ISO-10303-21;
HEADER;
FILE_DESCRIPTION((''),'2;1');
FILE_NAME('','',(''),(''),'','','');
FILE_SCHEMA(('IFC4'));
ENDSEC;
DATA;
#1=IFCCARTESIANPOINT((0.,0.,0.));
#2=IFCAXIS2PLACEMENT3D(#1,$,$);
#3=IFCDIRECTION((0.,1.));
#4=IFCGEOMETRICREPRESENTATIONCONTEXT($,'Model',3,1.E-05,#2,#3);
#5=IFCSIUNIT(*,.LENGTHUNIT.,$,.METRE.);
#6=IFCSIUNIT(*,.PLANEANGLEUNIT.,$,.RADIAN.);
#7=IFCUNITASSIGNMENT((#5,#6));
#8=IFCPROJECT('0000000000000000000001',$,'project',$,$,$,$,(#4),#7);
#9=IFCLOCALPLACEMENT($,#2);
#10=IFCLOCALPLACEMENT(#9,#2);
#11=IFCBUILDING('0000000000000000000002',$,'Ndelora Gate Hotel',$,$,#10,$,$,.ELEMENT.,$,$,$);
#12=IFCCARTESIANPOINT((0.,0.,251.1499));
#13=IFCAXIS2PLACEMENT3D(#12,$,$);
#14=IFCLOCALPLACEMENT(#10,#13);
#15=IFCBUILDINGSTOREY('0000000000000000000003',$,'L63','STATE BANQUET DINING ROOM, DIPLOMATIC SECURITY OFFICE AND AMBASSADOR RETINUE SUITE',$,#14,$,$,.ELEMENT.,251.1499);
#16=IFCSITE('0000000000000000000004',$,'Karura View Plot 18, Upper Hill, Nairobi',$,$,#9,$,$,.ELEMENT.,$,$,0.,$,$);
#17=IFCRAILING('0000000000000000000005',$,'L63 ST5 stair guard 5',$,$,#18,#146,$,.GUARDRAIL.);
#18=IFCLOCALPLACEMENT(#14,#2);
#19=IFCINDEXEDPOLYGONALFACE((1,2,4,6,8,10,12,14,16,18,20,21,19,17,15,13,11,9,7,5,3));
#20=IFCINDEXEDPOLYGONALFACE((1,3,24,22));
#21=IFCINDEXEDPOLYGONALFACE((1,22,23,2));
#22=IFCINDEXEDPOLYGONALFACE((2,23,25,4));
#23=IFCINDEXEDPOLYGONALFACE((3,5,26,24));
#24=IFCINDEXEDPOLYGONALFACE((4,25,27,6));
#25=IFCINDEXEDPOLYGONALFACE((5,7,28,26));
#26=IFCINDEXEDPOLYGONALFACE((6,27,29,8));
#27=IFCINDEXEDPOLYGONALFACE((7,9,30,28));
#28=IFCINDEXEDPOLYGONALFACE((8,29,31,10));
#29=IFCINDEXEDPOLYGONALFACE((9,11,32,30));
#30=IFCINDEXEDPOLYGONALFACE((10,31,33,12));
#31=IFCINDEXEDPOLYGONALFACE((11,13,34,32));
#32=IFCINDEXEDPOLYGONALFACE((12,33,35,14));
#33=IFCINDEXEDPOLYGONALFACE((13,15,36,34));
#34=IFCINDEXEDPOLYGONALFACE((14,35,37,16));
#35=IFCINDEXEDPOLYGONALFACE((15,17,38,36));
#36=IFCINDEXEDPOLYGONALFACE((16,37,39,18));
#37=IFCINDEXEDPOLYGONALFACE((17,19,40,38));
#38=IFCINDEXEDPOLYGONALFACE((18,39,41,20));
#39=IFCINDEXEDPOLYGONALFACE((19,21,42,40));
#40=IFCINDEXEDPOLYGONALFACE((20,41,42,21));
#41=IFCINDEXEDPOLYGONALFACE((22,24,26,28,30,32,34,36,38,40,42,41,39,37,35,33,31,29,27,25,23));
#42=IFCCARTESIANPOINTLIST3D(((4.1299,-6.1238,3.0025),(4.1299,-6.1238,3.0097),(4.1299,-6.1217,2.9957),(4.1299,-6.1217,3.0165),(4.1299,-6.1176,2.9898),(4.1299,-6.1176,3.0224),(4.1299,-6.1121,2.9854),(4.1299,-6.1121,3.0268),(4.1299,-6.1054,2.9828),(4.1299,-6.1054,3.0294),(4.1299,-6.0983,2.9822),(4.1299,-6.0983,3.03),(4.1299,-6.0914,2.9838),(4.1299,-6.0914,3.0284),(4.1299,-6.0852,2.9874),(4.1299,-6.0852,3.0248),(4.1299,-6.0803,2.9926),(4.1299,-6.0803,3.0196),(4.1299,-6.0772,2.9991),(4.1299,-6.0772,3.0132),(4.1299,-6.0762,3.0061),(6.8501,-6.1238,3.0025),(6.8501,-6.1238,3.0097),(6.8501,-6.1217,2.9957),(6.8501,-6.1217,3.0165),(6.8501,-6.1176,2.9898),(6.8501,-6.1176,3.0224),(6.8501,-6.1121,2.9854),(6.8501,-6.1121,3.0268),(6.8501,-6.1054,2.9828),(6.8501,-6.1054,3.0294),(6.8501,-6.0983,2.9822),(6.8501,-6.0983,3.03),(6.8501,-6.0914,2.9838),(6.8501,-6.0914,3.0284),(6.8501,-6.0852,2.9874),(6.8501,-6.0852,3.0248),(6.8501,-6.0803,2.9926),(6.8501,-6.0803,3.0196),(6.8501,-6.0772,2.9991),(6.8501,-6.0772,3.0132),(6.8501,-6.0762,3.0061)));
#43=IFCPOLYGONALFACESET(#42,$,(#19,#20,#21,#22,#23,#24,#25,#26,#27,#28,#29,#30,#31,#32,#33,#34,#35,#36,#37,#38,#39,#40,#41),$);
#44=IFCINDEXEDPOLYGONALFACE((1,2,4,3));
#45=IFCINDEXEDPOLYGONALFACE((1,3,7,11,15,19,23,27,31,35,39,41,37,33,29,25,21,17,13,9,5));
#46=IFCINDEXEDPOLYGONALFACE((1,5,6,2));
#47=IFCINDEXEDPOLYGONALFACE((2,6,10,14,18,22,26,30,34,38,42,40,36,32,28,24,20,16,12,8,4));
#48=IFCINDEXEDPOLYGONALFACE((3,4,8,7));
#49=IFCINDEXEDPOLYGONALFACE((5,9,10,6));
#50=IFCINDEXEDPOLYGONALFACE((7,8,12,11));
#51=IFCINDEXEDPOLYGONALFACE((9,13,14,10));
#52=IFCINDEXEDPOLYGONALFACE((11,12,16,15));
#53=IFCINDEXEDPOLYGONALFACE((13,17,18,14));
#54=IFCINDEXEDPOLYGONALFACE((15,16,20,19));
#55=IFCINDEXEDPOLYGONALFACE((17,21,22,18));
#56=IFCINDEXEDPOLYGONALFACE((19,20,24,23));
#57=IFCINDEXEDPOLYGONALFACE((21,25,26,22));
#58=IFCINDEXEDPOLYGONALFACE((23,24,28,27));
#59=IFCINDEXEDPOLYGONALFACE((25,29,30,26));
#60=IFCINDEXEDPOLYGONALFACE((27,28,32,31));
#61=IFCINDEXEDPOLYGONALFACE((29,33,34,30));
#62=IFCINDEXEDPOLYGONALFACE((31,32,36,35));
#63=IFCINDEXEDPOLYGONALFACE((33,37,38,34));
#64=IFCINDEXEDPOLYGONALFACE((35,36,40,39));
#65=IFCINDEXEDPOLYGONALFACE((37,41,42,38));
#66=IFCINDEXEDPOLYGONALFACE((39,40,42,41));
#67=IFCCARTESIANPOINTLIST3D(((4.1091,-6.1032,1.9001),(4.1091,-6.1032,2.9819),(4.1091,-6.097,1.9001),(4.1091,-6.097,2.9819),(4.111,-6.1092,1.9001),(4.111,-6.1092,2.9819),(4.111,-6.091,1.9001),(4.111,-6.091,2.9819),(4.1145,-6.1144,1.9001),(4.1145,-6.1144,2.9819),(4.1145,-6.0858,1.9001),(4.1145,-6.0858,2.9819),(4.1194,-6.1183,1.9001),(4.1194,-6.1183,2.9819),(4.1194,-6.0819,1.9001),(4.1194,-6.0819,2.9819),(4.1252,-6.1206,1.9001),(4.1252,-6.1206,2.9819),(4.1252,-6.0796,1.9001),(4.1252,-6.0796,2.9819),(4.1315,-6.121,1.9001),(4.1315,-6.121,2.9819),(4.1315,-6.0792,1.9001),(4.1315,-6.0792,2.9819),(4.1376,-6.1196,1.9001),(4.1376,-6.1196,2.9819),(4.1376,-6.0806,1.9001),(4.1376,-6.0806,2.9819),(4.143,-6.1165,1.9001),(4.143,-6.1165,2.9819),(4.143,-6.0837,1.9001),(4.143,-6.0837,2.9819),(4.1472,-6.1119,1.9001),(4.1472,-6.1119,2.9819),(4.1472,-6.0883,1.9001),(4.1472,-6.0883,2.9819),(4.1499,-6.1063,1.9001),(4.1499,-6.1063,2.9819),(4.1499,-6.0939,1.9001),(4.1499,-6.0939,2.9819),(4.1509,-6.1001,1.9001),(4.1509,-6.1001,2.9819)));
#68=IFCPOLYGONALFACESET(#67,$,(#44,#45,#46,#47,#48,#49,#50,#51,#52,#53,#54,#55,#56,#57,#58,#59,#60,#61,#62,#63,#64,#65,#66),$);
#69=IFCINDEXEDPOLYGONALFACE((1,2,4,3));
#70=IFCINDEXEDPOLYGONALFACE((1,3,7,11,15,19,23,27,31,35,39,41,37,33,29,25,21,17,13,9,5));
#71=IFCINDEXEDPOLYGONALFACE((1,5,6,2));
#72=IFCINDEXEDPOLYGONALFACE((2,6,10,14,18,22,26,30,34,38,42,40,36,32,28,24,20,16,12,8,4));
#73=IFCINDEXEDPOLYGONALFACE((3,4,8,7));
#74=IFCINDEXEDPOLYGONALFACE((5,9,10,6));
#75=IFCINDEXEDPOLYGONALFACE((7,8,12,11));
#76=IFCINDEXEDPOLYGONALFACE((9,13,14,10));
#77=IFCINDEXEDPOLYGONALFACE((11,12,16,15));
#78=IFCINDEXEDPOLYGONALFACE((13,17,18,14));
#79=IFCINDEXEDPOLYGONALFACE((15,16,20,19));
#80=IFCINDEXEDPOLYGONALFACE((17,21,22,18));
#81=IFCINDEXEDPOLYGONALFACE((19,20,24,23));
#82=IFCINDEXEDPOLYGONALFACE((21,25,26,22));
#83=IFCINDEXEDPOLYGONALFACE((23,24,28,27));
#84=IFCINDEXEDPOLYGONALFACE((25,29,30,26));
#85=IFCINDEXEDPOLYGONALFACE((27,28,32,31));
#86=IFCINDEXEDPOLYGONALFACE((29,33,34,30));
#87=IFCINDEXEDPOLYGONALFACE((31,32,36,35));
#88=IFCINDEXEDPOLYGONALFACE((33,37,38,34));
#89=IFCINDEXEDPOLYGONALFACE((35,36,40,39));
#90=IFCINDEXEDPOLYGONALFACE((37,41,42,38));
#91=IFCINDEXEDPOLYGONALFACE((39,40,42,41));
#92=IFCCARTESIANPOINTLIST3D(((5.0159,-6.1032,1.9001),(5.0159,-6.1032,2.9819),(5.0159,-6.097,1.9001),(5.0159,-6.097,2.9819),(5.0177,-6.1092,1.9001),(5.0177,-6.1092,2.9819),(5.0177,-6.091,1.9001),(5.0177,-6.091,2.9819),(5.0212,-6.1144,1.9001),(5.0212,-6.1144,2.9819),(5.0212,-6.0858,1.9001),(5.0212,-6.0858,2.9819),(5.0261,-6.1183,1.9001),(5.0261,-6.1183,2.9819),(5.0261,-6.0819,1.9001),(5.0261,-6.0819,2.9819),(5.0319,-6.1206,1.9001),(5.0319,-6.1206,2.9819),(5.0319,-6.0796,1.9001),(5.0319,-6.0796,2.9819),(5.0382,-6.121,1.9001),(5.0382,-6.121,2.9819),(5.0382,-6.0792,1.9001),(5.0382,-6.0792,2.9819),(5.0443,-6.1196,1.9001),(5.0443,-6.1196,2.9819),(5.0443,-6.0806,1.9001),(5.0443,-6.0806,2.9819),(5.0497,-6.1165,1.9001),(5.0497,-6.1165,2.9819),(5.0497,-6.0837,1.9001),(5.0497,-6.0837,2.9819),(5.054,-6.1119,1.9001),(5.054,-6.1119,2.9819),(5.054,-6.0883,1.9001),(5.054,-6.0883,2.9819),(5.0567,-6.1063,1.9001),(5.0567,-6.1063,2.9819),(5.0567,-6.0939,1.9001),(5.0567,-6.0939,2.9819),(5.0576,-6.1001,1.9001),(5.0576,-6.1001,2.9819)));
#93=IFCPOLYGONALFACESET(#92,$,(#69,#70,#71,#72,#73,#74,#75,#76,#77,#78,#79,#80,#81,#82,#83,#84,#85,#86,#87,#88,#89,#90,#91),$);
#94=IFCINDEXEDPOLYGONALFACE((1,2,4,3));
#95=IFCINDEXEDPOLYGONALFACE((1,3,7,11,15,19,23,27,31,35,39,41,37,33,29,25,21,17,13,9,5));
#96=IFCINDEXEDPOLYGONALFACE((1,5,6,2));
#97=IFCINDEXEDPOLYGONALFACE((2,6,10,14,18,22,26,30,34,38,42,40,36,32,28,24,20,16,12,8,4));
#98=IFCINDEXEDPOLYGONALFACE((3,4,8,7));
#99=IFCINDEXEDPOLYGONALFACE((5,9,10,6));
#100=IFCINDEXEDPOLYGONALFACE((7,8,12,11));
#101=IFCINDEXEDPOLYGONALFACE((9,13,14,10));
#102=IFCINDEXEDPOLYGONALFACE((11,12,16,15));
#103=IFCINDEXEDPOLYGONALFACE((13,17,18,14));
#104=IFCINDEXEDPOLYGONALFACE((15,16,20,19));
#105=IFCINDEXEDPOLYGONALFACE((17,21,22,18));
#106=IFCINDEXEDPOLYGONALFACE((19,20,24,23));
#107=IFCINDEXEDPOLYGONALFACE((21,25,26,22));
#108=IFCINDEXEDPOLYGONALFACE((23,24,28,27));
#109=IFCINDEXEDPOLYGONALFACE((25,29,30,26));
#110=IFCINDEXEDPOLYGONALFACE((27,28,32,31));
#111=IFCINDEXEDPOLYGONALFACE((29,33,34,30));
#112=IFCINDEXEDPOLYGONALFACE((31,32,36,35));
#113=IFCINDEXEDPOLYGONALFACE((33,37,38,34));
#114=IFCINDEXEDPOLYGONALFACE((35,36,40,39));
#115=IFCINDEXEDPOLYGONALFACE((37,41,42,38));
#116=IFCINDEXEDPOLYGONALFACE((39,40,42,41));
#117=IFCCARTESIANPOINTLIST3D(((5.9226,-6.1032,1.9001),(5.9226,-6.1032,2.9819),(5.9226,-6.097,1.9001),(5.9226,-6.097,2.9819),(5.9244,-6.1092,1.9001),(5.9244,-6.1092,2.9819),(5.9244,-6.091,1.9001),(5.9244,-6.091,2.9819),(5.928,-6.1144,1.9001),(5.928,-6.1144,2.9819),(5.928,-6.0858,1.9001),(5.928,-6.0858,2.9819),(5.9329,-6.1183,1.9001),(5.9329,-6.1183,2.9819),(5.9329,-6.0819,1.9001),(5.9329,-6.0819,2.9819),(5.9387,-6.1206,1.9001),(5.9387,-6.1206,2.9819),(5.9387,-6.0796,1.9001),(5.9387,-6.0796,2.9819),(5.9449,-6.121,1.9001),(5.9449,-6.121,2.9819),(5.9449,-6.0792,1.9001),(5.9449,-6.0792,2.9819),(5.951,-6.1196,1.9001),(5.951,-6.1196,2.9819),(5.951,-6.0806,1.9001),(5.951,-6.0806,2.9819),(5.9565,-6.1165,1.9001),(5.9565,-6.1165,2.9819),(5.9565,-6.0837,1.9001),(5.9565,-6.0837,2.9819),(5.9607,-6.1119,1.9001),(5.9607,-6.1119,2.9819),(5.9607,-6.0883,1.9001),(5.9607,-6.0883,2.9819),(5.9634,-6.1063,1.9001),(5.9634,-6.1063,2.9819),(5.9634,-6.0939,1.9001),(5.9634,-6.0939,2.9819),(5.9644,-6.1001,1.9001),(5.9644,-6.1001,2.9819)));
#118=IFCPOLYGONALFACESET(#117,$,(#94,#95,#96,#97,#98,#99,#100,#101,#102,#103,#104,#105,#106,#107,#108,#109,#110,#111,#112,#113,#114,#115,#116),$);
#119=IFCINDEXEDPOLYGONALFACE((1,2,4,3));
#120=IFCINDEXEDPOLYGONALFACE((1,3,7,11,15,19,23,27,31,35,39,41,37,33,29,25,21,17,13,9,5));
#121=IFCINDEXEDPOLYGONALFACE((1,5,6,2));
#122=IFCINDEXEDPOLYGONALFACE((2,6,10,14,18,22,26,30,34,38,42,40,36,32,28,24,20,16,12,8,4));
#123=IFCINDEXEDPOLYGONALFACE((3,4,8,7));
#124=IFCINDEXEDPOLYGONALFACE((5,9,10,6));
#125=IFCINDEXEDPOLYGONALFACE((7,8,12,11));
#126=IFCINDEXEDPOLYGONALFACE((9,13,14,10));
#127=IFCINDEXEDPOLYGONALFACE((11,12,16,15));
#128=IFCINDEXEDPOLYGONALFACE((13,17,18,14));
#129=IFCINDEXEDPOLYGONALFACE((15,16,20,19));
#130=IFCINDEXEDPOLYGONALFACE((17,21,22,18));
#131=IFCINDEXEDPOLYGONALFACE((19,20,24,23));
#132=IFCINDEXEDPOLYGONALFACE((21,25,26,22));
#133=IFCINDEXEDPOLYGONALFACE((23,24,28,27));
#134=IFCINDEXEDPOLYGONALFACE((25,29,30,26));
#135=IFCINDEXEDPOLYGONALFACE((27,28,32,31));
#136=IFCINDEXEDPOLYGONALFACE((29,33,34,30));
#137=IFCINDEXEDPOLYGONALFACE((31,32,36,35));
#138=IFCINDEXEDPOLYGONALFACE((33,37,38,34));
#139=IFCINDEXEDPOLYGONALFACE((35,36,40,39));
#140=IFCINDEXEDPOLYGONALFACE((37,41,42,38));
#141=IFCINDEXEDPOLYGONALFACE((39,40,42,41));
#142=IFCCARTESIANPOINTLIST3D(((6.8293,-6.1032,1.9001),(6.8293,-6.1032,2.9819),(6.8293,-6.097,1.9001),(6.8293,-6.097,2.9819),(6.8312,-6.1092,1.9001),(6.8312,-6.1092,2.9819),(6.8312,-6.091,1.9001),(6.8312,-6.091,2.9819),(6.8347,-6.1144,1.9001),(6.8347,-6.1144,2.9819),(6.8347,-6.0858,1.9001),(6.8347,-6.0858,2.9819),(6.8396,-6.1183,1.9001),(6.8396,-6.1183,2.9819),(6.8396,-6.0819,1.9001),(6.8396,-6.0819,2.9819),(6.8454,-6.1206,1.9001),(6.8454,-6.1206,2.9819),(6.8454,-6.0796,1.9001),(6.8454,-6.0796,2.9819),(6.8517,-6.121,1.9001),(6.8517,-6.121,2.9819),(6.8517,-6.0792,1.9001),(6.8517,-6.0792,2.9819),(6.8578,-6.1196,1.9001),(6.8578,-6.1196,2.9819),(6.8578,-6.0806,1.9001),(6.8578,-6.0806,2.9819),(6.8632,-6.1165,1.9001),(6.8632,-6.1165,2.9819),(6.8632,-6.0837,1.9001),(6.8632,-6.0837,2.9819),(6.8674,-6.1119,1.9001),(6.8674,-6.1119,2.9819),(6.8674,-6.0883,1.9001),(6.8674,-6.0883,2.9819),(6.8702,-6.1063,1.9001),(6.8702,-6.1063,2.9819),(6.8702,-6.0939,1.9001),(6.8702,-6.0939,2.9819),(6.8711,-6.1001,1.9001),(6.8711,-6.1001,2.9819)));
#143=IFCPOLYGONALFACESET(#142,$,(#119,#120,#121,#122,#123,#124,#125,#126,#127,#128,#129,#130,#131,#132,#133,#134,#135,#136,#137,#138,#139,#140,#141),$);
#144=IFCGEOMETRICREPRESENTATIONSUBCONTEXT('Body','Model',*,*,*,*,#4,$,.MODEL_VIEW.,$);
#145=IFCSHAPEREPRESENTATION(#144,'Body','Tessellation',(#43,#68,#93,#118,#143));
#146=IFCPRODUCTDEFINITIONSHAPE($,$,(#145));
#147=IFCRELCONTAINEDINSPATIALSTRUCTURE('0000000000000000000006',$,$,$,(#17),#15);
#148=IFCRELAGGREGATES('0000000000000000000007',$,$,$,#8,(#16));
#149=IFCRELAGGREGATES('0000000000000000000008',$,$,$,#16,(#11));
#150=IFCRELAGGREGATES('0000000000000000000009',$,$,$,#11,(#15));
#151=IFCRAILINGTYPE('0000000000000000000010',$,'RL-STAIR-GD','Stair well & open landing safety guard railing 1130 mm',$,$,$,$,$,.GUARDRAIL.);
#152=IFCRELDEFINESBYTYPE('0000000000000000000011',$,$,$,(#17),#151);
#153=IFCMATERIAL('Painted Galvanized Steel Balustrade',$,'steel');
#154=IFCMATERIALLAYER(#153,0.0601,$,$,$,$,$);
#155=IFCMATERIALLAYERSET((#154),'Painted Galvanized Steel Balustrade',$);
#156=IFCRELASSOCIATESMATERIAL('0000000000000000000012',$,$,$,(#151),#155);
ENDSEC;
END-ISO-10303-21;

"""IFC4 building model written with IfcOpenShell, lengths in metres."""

from ifc_helpers import new_model, si_unit, direction, frame, origin, origin_2d, place, context, subcontext, project, spatial, circle, extrude, material, layer, layer_set, type_object, element, save


model = new_model("IFC4")

# Units and contexts
model_context = context("Model", 3, precision=1e-05, world=origin(), true_north=direction((0.0, 1.0)))
body_context = subcontext(model_context, "Body", "Model", "MODEL_VIEW")
ifc_project = project(units=[si_unit("LENGTHUNIT", "METRE"), si_unit("PLANEANGLEUNIT", "RADIAN")], contexts=[model_context])

# Site, building, storey
site_placement = place(None, origin())
site = spatial("IfcSite", under=ifc_project, at=site_placement, Name="Karura View Plot 18, Upper Hill, Nairobi", CompositionType="ELEMENT", RefElevation=0.0)
building_placement = place(site_placement, origin())
building = spatial("IfcBuilding", under=site, at=building_placement, Name="Ndelora Gate Hotel", CompositionType="ELEMENT")
storey_placement = place(building_placement, frame((0.0, 0.0, 251.1499)))
storey = spatial("IfcBuildingStorey", under=building, at=storey_placement, Name="L63", Description="STATE BANQUET DINING ROOM, DIPLOMATIC SECURITY OFFICE AND AMBASSADOR RETINUE SUITE", CompositionType="ELEMENT", Elevation=251.1499)

# Railing
ifc_material_1 = material(Name="Painted Galvanized Steel Balustrade", Category="steel")
ifc_layer_1 = layer(ifc_material_1, 0.0601)
ifc_layer_set_1 = layer_set([ifc_layer_1], Name="Painted Galvanized Steel Balustrade")
railing_type_1 = type_object("IfcRailingType", Name="RL-STAIR-GD", Description="Stair well & open landing safety guard railing 1130 mm", PredefinedType="GUARDRAIL", material=ifc_layer_set_1)
railing_1_placement = place(storey_placement, frame((4.1299, -6.1001, 1.9001)))
element("IfcRailing", 1, at=railing_1_placement, inside=storey, type_object=railing_type_1, Name="L63 ST5 stair guard 5", PredefinedType="GUARDRAIL", context=body_context, shape_type="SweptSolid", body=[
    extrude(circle(Radius=0.0239, at=origin_2d()), frame((0.0, 0.0, 1.106), z_axis=(1.0, 0.0, 0.0), x_axis=(0.0, 1.0, 0.0)), (0.0, 0.0, 1.0), 2.7202),
    extrude(circle(Radius=0.021, at=origin_2d()), origin(), (0.0, 0.0, 1.0), 1.0818),
    extrude(circle(Radius=0.021, at=origin_2d()), frame((0.9067, 0.0, 0.0)), (0.0, 0.0, 1.0), 1.0818),
    extrude(circle(Radius=0.021, at=origin_2d()), frame((1.8135, 0.0, 0.0)), (0.0, 0.0, 1.0), 1.0818),
    extrude(circle(Radius=0.021, at=origin_2d()), frame((2.7202, 0.0, 0.0)), (0.0, 0.0, 1.0), 1.0818),
])

save(model, "model.ifc")
